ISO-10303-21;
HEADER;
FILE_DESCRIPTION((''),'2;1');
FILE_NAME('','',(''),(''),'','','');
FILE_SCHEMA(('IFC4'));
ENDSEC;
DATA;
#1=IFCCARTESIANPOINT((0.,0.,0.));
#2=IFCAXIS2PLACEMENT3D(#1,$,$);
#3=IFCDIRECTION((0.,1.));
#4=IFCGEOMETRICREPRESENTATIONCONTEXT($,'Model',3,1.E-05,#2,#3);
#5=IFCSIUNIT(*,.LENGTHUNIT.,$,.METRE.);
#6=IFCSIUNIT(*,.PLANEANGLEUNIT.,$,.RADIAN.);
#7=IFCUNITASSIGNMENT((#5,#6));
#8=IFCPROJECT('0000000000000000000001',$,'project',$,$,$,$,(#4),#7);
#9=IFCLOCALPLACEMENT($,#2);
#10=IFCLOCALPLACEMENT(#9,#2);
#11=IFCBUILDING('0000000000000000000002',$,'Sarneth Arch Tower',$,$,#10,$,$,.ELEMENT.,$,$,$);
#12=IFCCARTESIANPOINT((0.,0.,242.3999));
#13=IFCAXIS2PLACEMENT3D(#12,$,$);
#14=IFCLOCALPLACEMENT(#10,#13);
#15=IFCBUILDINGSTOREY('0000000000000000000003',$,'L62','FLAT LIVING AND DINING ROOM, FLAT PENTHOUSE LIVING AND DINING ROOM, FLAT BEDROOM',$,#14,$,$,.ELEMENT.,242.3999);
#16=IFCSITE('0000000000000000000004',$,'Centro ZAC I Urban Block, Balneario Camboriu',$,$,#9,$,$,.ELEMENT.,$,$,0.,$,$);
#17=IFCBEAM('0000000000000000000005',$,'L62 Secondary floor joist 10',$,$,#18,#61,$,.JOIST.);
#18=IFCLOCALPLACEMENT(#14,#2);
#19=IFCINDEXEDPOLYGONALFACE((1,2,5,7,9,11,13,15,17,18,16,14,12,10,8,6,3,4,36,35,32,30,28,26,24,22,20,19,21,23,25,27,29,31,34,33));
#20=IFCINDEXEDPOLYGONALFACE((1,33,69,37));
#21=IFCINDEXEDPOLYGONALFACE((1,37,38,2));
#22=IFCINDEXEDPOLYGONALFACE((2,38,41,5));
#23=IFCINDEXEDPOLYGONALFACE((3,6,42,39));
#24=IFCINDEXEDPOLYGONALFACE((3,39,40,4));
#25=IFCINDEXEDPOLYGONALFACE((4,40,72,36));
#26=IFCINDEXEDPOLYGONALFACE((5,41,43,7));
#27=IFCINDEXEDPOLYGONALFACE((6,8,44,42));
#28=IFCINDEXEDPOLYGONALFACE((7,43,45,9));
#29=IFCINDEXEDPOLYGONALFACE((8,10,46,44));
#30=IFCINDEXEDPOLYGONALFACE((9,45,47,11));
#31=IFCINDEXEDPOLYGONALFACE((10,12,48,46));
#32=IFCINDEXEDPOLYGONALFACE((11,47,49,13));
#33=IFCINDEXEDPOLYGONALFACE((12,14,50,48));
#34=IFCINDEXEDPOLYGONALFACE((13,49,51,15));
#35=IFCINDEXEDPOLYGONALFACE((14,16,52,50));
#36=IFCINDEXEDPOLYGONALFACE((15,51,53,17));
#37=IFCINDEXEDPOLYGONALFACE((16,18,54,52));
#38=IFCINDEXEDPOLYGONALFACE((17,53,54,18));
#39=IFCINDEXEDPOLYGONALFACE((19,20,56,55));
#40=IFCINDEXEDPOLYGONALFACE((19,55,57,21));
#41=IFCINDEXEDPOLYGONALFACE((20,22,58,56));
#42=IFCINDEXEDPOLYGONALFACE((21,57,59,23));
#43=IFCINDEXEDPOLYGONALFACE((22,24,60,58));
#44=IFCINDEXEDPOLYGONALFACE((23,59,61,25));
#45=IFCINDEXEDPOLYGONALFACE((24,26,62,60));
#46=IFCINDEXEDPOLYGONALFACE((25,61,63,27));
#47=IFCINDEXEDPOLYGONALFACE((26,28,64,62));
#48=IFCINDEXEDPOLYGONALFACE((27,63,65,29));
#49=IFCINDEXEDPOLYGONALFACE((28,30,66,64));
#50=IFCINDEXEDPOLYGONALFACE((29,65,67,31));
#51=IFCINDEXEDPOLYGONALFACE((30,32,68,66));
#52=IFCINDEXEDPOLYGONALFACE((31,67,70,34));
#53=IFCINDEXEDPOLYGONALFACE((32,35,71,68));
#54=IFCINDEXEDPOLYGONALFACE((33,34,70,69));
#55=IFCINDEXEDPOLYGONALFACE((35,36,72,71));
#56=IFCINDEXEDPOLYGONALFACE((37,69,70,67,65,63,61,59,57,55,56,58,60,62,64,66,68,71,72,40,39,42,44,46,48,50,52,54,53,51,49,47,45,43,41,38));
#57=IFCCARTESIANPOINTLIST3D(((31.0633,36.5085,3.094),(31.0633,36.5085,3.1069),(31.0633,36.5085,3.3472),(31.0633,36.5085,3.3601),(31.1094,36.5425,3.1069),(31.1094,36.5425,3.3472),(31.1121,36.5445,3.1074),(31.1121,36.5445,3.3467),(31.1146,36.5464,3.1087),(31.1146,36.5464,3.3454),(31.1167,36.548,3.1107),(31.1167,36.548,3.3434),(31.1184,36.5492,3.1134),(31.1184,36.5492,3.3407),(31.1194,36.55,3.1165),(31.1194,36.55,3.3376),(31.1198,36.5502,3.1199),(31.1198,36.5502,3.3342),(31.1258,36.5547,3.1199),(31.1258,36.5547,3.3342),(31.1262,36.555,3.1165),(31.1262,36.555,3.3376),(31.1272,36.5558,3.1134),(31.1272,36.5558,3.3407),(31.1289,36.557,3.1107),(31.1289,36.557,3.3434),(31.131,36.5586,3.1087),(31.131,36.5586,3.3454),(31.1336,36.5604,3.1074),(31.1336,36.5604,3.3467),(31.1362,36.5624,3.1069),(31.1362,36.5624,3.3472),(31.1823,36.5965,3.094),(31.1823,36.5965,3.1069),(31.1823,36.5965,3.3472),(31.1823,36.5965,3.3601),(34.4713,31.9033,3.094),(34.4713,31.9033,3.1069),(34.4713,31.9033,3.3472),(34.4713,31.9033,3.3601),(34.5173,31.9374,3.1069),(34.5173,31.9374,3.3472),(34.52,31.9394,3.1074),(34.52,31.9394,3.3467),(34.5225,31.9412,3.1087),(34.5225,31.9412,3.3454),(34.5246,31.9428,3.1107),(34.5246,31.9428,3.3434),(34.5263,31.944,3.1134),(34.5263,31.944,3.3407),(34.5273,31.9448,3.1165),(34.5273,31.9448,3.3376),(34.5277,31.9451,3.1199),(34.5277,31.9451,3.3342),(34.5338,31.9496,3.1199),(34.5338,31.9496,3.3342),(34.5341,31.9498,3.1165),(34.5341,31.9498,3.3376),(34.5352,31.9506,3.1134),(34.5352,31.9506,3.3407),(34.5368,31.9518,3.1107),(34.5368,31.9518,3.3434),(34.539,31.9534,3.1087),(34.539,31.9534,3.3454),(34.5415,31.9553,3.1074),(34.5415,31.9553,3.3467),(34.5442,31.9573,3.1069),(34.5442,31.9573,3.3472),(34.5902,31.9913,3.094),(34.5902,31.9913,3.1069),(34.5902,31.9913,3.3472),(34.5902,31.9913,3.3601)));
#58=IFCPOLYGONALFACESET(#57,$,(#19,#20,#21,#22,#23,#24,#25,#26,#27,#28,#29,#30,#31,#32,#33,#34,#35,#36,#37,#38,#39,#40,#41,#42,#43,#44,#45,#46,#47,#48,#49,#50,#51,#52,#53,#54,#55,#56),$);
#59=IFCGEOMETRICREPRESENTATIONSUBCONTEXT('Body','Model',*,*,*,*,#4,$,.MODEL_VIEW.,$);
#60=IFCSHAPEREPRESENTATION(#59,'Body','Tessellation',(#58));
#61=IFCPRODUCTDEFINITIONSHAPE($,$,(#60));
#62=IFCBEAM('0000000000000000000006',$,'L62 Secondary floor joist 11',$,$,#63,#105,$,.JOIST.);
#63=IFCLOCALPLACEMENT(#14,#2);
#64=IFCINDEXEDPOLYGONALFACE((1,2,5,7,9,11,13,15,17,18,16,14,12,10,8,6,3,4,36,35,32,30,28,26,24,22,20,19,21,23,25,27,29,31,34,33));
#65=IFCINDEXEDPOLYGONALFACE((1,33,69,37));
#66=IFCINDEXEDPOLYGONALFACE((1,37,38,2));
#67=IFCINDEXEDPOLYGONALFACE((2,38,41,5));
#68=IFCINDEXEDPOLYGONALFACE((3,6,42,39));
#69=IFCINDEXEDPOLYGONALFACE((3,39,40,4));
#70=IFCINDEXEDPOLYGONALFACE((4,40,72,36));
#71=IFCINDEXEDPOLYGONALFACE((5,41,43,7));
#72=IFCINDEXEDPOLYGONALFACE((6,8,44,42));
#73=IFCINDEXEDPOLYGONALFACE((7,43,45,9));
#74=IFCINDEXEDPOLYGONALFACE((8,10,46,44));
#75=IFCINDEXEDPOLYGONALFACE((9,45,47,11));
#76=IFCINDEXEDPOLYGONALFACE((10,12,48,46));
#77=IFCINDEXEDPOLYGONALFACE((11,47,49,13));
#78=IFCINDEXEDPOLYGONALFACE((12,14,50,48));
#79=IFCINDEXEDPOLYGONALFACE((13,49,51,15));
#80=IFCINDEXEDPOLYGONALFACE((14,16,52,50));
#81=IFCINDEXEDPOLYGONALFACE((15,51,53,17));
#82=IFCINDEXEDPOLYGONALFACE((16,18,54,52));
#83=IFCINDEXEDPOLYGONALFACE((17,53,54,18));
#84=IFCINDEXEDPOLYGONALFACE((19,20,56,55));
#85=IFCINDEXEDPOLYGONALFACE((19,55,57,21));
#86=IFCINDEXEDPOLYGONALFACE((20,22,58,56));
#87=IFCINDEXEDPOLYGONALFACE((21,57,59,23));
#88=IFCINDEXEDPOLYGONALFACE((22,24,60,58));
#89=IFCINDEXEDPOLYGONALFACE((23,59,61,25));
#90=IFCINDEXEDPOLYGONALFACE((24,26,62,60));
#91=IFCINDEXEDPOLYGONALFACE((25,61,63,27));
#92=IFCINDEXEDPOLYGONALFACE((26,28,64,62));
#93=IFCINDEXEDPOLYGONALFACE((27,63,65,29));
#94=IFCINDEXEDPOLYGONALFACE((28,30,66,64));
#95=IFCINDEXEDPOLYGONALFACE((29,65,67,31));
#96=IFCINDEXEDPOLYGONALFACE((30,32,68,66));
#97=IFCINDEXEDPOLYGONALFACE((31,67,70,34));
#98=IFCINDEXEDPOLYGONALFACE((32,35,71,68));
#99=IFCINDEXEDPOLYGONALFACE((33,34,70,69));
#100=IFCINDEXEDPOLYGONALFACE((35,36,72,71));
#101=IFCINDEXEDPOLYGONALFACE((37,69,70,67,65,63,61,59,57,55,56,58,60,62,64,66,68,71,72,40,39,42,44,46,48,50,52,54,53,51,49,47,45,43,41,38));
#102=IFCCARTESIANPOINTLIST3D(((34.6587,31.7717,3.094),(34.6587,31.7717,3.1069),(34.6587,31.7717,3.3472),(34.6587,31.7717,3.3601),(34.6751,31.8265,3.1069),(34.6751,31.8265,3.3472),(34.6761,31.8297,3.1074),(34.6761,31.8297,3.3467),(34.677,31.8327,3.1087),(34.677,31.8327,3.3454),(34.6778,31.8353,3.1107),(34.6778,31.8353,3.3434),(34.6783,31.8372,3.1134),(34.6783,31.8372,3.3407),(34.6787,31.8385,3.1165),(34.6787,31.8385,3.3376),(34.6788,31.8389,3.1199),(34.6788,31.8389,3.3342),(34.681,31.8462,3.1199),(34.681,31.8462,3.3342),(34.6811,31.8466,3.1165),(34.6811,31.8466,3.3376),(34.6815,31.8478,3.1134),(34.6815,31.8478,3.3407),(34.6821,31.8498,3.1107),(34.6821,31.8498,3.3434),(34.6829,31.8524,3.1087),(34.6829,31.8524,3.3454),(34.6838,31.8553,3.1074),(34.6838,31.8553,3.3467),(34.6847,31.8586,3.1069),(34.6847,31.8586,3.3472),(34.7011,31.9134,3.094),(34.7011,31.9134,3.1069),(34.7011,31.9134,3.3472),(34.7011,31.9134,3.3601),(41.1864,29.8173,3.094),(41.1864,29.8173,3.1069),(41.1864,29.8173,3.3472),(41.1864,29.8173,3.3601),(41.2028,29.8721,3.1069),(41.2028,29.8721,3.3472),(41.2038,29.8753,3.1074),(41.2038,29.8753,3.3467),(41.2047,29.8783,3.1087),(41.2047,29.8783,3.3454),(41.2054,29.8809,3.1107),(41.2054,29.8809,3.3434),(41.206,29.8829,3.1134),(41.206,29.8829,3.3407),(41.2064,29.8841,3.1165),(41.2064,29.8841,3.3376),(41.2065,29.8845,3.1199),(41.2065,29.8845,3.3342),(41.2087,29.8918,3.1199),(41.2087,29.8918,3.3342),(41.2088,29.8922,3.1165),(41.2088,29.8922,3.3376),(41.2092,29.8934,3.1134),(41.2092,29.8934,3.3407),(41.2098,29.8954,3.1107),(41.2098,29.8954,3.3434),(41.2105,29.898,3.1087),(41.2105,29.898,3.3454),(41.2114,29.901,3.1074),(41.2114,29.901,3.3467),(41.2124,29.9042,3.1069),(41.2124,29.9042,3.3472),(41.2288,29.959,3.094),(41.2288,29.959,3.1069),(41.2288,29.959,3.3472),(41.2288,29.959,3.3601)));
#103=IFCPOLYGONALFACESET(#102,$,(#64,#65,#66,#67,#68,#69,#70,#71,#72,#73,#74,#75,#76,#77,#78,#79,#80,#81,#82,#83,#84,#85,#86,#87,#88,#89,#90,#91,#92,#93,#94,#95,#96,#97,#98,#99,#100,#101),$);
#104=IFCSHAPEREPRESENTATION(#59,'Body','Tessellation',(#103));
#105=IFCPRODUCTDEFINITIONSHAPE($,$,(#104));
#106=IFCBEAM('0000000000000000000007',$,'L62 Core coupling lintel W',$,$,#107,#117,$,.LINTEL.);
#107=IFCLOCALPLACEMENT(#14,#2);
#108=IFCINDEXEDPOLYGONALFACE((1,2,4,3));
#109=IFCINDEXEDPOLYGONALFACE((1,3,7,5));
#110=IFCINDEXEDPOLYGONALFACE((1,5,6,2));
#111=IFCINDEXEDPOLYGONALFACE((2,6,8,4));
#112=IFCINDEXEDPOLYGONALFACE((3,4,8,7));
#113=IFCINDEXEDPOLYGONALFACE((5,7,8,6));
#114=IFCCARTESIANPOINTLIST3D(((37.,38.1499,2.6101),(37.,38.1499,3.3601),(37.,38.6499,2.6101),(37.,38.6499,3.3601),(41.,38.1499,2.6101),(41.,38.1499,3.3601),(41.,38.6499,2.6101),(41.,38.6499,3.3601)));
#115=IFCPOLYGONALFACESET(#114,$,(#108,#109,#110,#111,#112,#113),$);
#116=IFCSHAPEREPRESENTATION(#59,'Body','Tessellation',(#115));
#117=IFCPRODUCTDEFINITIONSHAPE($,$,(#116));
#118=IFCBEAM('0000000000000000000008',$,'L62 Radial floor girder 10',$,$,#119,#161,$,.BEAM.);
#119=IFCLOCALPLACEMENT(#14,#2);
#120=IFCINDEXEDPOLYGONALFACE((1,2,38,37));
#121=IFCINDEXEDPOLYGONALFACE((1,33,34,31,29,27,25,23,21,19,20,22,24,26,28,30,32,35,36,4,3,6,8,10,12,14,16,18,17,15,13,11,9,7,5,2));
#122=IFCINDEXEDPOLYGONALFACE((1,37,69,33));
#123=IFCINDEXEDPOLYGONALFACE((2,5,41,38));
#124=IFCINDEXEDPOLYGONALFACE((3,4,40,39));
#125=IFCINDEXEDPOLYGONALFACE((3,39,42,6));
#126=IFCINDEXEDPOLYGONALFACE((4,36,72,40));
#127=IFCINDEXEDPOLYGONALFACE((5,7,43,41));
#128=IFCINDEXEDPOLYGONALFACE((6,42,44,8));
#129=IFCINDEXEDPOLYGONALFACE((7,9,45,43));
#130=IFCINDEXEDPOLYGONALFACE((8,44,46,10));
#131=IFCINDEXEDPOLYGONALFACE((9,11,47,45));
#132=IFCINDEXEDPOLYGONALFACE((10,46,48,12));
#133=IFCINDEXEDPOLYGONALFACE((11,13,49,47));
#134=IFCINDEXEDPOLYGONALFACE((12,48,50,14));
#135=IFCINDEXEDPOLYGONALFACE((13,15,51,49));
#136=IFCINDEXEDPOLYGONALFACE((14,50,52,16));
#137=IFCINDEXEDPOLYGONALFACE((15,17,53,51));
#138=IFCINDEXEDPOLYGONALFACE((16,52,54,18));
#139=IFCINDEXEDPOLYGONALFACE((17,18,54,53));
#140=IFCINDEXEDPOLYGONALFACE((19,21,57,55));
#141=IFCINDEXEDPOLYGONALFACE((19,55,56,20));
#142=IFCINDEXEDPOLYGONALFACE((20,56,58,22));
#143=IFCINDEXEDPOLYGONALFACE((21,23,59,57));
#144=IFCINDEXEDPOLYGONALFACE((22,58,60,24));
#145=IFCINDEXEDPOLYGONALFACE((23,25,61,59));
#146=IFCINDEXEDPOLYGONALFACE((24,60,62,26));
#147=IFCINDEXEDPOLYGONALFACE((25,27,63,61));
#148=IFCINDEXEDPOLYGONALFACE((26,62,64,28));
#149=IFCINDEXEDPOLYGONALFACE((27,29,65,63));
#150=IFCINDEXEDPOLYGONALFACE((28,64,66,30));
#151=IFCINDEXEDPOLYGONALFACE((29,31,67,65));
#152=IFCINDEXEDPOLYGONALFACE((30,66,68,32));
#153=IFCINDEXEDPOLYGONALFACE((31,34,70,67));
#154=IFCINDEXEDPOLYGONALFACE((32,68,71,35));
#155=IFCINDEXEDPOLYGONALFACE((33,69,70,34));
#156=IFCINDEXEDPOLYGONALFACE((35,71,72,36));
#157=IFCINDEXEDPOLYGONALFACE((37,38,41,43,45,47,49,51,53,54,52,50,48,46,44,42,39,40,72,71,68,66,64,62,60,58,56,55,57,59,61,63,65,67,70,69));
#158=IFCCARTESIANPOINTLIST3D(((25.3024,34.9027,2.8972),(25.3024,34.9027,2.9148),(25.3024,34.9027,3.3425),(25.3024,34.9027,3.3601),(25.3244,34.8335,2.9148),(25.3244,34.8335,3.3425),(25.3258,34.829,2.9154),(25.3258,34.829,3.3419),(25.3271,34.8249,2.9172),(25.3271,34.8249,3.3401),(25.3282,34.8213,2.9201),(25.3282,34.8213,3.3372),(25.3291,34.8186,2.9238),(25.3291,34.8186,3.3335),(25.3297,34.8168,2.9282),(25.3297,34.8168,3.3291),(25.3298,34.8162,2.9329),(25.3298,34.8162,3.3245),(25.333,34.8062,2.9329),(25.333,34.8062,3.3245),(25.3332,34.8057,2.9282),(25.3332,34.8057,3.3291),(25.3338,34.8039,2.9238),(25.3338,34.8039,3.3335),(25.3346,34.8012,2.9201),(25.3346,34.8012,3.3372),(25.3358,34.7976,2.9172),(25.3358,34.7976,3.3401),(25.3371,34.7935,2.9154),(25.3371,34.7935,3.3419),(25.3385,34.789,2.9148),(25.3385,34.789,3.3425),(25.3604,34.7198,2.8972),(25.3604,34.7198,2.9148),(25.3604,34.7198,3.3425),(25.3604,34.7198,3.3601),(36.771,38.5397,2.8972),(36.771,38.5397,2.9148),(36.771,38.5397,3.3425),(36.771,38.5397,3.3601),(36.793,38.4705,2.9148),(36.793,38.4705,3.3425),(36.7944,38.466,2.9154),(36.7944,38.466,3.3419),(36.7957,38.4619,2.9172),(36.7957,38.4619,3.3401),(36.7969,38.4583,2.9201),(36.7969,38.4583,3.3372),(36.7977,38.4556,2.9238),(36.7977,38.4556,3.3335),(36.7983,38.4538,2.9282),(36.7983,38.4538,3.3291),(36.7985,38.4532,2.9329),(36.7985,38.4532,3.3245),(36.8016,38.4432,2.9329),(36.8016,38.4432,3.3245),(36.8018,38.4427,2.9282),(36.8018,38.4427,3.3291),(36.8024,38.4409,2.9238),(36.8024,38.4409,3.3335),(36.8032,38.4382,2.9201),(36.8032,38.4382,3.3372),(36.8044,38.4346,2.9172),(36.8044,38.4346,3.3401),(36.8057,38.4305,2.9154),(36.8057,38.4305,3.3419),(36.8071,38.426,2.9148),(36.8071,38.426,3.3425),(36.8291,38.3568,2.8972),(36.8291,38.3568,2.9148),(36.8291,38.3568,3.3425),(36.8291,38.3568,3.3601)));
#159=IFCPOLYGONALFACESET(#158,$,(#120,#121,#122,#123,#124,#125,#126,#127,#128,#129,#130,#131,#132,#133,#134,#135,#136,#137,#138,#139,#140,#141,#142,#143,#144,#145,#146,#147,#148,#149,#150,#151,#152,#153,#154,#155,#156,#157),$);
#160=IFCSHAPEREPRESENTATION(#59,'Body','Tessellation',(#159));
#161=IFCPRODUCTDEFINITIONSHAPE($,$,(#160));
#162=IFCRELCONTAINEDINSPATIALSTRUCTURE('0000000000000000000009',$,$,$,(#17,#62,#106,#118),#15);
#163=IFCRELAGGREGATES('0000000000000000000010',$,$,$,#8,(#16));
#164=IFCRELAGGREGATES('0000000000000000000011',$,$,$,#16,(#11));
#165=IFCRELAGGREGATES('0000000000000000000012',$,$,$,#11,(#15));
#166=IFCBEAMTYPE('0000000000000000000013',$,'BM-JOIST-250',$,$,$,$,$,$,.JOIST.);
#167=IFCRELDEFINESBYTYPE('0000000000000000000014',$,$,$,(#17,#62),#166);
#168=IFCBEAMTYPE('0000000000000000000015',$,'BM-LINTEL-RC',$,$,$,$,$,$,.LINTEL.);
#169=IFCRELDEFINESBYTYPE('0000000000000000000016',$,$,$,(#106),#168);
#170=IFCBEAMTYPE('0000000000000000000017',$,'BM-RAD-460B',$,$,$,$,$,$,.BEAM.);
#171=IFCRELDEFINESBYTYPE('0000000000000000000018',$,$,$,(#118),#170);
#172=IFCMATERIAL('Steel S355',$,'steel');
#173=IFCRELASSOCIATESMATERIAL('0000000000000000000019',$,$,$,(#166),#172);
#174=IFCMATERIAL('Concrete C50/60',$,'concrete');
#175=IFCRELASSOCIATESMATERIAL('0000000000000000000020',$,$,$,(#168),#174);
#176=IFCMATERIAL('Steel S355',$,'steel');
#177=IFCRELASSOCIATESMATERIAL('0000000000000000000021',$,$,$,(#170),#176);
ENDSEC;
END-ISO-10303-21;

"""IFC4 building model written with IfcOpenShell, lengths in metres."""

from ifc_helpers import new_model, si_unit, direction, frame, origin, origin_2d, place, context, subcontext, project, spatial, rectangle, i_section, extrude, material, material_profile, profile_set, type_object, element, save


model = new_model("IFC4")

# Units and contexts
model_context = context("Model", 3, precision=1e-05, world=origin(), true_north=direction((0.0, 1.0)))
body_context = subcontext(model_context, "Body", "Model", "MODEL_VIEW")
ifc_project = project(units=[si_unit("LENGTHUNIT", "METRE"), si_unit("PLANEANGLEUNIT", "RADIAN")], contexts=[model_context])

# Site, building, storey
site_placement = place(None, origin())
site = spatial("IfcSite", under=ifc_project, at=site_placement, Name="Centro ZAC I Urban Block, Balneario Camboriu", CompositionType="ELEMENT", RefElevation=0.0)
building_placement = place(site_placement, origin())
building = spatial("IfcBuilding", under=site, at=building_placement, Name="Sarneth Arch Tower", CompositionType="ELEMENT")
storey_placement = place(building_placement, frame((0.0, 0.0, 242.3999)))
storey = spatial("IfcBuildingStorey", under=building, at=storey_placement, Name="L62", Description="FLAT LIVING AND DINING ROOM, FLAT PENTHOUSE LIVING AND DINING ROOM, FLAT BEDROOM", CompositionType="ELEMENT", Elevation=242.3999)

# Beams
ifc_material_1 = material(Name="Steel S355", Category="steel")
ifc_material_profile_1 = material_profile(ifc_material_1, i_section(OverallWidth=0.1479, OverallDepth=0.2661, WebThickness=0.0076, FlangeThickness=0.0129, FilletRadius=0.0129, at=origin_2d()), Name="W250x44.8")
ifc_profile_set_1 = profile_set([ifc_material_profile_1], Name="Steel S355")
beam_type_1 = type_object("IfcBeamType", Name="BM-JOIST-250", PredefinedType="JOIST", material=ifc_profile_set_1)
beam_1_placement = place(storey_placement, frame((31.1228, 36.5525, 3.2271), z_axis=(0.594853, -0.803834, 0.0), x_axis=(0.803834, 0.594853, 0.0)))
element("IfcBeam", 1, at=beam_1_placement, inside=storey, type_object=beam_type_1, Name="L62 Secondary floor joist 10", PredefinedType="JOIST", context=body_context, shape_type="SweptSolid", body=[
    extrude(i_section(OverallWidth=0.1479, OverallDepth=0.2661, WebThickness=0.0076, FlangeThickness=0.0129, FilletRadius=0.0129, at=origin_2d()), origin(), (0.0, 0.0, 1.0), 5.729),
])
beam_2_placement = place(storey_placement, frame((34.6799, 31.8425, 3.2271), z_axis=(0.957985, -0.286819, 0.0), x_axis=(0.286819, 0.957985, 0.0)))
element("IfcBeam", 2, at=beam_2_placement, inside=storey, type_object=beam_type_1, Name="L62 Secondary floor joist 11", PredefinedType="JOIST", context=body_context, shape_type="SweptSolid", body=[
    extrude(i_section(OverallWidth=0.1479, OverallDepth=0.2661, WebThickness=0.0076, FlangeThickness=0.0129, FilletRadius=0.0129, at=origin_2d()), origin(), (0.0, 0.0, 1.0), 6.814),
])
ifc_material_2 = material(Name="Concrete C50/60", Category="concrete")
ifc_material_profile_2 = material_profile(ifc_material_2, rectangle(XDim=0.5, YDim=0.75, at=origin_2d()), Name="RC-500x750")
ifc_profile_set_2 = profile_set([ifc_material_profile_2], Name="Concrete C50/60")
beam_type_2 = type_object("IfcBeamType", Name="BM-LINTEL-RC", PredefinedType="LINTEL", material=ifc_profile_set_2)
beam_3_placement = place(storey_placement, frame((37.0, 38.3999, 2.9851), z_axis=(1.0, 0.0, 0.0), x_axis=(0.0, 1.0, 0.0)))
element("IfcBeam", 3, at=beam_3_placement, inside=storey, type_object=beam_type_2, Name="L62 Core coupling lintel W", PredefinedType="LINTEL", context=body_context, shape_type="SweptSolid", body=[
    extrude(rectangle(XDim=0.5, YDim=0.75, at=origin_2d()), origin(), (0.0, 0.0, 1.0), 4.0),
])
ifc_material_3 = material(Name="Steel S355", Category="steel")
ifc_material_profile_3 = material_profile(ifc_material_3, i_section(OverallWidth=0.1919, OverallDepth=0.4629, WebThickness=0.0105, FlangeThickness=0.0176, FilletRadius=0.0181, at=origin_2d()), Name="W460x89")
ifc_profile_set_3 = profile_set([ifc_material_profile_3], Name="Steel S355")
beam_type_3 = type_object("IfcBeamType", Name="BM-RAD-460B", PredefinedType="BEAM", material=ifc_profile_set_3)
beam_4_placement = place(storey_placement, frame((36.8, 38.4482, 3.1287), z_axis=(-0.953216, -0.30229, 0.0), x_axis=(0.30229, -0.953216, 0.0)))
element("IfcBeam", 4, at=beam_4_placement, inside=storey, type_object=beam_type_3, Name="L62 Radial floor girder 10", PredefinedType="BEAM", context=body_context, shape_type="SweptSolid", body=[
    extrude(i_section(OverallWidth=0.1919, OverallDepth=0.4629, WebThickness=0.0105, FlangeThickness=0.0176, FilletRadius=0.0181, at=origin_2d()), origin(), (0.0, 0.0, 1.0), 12.0315),
])

save(model, "model.ifc")
